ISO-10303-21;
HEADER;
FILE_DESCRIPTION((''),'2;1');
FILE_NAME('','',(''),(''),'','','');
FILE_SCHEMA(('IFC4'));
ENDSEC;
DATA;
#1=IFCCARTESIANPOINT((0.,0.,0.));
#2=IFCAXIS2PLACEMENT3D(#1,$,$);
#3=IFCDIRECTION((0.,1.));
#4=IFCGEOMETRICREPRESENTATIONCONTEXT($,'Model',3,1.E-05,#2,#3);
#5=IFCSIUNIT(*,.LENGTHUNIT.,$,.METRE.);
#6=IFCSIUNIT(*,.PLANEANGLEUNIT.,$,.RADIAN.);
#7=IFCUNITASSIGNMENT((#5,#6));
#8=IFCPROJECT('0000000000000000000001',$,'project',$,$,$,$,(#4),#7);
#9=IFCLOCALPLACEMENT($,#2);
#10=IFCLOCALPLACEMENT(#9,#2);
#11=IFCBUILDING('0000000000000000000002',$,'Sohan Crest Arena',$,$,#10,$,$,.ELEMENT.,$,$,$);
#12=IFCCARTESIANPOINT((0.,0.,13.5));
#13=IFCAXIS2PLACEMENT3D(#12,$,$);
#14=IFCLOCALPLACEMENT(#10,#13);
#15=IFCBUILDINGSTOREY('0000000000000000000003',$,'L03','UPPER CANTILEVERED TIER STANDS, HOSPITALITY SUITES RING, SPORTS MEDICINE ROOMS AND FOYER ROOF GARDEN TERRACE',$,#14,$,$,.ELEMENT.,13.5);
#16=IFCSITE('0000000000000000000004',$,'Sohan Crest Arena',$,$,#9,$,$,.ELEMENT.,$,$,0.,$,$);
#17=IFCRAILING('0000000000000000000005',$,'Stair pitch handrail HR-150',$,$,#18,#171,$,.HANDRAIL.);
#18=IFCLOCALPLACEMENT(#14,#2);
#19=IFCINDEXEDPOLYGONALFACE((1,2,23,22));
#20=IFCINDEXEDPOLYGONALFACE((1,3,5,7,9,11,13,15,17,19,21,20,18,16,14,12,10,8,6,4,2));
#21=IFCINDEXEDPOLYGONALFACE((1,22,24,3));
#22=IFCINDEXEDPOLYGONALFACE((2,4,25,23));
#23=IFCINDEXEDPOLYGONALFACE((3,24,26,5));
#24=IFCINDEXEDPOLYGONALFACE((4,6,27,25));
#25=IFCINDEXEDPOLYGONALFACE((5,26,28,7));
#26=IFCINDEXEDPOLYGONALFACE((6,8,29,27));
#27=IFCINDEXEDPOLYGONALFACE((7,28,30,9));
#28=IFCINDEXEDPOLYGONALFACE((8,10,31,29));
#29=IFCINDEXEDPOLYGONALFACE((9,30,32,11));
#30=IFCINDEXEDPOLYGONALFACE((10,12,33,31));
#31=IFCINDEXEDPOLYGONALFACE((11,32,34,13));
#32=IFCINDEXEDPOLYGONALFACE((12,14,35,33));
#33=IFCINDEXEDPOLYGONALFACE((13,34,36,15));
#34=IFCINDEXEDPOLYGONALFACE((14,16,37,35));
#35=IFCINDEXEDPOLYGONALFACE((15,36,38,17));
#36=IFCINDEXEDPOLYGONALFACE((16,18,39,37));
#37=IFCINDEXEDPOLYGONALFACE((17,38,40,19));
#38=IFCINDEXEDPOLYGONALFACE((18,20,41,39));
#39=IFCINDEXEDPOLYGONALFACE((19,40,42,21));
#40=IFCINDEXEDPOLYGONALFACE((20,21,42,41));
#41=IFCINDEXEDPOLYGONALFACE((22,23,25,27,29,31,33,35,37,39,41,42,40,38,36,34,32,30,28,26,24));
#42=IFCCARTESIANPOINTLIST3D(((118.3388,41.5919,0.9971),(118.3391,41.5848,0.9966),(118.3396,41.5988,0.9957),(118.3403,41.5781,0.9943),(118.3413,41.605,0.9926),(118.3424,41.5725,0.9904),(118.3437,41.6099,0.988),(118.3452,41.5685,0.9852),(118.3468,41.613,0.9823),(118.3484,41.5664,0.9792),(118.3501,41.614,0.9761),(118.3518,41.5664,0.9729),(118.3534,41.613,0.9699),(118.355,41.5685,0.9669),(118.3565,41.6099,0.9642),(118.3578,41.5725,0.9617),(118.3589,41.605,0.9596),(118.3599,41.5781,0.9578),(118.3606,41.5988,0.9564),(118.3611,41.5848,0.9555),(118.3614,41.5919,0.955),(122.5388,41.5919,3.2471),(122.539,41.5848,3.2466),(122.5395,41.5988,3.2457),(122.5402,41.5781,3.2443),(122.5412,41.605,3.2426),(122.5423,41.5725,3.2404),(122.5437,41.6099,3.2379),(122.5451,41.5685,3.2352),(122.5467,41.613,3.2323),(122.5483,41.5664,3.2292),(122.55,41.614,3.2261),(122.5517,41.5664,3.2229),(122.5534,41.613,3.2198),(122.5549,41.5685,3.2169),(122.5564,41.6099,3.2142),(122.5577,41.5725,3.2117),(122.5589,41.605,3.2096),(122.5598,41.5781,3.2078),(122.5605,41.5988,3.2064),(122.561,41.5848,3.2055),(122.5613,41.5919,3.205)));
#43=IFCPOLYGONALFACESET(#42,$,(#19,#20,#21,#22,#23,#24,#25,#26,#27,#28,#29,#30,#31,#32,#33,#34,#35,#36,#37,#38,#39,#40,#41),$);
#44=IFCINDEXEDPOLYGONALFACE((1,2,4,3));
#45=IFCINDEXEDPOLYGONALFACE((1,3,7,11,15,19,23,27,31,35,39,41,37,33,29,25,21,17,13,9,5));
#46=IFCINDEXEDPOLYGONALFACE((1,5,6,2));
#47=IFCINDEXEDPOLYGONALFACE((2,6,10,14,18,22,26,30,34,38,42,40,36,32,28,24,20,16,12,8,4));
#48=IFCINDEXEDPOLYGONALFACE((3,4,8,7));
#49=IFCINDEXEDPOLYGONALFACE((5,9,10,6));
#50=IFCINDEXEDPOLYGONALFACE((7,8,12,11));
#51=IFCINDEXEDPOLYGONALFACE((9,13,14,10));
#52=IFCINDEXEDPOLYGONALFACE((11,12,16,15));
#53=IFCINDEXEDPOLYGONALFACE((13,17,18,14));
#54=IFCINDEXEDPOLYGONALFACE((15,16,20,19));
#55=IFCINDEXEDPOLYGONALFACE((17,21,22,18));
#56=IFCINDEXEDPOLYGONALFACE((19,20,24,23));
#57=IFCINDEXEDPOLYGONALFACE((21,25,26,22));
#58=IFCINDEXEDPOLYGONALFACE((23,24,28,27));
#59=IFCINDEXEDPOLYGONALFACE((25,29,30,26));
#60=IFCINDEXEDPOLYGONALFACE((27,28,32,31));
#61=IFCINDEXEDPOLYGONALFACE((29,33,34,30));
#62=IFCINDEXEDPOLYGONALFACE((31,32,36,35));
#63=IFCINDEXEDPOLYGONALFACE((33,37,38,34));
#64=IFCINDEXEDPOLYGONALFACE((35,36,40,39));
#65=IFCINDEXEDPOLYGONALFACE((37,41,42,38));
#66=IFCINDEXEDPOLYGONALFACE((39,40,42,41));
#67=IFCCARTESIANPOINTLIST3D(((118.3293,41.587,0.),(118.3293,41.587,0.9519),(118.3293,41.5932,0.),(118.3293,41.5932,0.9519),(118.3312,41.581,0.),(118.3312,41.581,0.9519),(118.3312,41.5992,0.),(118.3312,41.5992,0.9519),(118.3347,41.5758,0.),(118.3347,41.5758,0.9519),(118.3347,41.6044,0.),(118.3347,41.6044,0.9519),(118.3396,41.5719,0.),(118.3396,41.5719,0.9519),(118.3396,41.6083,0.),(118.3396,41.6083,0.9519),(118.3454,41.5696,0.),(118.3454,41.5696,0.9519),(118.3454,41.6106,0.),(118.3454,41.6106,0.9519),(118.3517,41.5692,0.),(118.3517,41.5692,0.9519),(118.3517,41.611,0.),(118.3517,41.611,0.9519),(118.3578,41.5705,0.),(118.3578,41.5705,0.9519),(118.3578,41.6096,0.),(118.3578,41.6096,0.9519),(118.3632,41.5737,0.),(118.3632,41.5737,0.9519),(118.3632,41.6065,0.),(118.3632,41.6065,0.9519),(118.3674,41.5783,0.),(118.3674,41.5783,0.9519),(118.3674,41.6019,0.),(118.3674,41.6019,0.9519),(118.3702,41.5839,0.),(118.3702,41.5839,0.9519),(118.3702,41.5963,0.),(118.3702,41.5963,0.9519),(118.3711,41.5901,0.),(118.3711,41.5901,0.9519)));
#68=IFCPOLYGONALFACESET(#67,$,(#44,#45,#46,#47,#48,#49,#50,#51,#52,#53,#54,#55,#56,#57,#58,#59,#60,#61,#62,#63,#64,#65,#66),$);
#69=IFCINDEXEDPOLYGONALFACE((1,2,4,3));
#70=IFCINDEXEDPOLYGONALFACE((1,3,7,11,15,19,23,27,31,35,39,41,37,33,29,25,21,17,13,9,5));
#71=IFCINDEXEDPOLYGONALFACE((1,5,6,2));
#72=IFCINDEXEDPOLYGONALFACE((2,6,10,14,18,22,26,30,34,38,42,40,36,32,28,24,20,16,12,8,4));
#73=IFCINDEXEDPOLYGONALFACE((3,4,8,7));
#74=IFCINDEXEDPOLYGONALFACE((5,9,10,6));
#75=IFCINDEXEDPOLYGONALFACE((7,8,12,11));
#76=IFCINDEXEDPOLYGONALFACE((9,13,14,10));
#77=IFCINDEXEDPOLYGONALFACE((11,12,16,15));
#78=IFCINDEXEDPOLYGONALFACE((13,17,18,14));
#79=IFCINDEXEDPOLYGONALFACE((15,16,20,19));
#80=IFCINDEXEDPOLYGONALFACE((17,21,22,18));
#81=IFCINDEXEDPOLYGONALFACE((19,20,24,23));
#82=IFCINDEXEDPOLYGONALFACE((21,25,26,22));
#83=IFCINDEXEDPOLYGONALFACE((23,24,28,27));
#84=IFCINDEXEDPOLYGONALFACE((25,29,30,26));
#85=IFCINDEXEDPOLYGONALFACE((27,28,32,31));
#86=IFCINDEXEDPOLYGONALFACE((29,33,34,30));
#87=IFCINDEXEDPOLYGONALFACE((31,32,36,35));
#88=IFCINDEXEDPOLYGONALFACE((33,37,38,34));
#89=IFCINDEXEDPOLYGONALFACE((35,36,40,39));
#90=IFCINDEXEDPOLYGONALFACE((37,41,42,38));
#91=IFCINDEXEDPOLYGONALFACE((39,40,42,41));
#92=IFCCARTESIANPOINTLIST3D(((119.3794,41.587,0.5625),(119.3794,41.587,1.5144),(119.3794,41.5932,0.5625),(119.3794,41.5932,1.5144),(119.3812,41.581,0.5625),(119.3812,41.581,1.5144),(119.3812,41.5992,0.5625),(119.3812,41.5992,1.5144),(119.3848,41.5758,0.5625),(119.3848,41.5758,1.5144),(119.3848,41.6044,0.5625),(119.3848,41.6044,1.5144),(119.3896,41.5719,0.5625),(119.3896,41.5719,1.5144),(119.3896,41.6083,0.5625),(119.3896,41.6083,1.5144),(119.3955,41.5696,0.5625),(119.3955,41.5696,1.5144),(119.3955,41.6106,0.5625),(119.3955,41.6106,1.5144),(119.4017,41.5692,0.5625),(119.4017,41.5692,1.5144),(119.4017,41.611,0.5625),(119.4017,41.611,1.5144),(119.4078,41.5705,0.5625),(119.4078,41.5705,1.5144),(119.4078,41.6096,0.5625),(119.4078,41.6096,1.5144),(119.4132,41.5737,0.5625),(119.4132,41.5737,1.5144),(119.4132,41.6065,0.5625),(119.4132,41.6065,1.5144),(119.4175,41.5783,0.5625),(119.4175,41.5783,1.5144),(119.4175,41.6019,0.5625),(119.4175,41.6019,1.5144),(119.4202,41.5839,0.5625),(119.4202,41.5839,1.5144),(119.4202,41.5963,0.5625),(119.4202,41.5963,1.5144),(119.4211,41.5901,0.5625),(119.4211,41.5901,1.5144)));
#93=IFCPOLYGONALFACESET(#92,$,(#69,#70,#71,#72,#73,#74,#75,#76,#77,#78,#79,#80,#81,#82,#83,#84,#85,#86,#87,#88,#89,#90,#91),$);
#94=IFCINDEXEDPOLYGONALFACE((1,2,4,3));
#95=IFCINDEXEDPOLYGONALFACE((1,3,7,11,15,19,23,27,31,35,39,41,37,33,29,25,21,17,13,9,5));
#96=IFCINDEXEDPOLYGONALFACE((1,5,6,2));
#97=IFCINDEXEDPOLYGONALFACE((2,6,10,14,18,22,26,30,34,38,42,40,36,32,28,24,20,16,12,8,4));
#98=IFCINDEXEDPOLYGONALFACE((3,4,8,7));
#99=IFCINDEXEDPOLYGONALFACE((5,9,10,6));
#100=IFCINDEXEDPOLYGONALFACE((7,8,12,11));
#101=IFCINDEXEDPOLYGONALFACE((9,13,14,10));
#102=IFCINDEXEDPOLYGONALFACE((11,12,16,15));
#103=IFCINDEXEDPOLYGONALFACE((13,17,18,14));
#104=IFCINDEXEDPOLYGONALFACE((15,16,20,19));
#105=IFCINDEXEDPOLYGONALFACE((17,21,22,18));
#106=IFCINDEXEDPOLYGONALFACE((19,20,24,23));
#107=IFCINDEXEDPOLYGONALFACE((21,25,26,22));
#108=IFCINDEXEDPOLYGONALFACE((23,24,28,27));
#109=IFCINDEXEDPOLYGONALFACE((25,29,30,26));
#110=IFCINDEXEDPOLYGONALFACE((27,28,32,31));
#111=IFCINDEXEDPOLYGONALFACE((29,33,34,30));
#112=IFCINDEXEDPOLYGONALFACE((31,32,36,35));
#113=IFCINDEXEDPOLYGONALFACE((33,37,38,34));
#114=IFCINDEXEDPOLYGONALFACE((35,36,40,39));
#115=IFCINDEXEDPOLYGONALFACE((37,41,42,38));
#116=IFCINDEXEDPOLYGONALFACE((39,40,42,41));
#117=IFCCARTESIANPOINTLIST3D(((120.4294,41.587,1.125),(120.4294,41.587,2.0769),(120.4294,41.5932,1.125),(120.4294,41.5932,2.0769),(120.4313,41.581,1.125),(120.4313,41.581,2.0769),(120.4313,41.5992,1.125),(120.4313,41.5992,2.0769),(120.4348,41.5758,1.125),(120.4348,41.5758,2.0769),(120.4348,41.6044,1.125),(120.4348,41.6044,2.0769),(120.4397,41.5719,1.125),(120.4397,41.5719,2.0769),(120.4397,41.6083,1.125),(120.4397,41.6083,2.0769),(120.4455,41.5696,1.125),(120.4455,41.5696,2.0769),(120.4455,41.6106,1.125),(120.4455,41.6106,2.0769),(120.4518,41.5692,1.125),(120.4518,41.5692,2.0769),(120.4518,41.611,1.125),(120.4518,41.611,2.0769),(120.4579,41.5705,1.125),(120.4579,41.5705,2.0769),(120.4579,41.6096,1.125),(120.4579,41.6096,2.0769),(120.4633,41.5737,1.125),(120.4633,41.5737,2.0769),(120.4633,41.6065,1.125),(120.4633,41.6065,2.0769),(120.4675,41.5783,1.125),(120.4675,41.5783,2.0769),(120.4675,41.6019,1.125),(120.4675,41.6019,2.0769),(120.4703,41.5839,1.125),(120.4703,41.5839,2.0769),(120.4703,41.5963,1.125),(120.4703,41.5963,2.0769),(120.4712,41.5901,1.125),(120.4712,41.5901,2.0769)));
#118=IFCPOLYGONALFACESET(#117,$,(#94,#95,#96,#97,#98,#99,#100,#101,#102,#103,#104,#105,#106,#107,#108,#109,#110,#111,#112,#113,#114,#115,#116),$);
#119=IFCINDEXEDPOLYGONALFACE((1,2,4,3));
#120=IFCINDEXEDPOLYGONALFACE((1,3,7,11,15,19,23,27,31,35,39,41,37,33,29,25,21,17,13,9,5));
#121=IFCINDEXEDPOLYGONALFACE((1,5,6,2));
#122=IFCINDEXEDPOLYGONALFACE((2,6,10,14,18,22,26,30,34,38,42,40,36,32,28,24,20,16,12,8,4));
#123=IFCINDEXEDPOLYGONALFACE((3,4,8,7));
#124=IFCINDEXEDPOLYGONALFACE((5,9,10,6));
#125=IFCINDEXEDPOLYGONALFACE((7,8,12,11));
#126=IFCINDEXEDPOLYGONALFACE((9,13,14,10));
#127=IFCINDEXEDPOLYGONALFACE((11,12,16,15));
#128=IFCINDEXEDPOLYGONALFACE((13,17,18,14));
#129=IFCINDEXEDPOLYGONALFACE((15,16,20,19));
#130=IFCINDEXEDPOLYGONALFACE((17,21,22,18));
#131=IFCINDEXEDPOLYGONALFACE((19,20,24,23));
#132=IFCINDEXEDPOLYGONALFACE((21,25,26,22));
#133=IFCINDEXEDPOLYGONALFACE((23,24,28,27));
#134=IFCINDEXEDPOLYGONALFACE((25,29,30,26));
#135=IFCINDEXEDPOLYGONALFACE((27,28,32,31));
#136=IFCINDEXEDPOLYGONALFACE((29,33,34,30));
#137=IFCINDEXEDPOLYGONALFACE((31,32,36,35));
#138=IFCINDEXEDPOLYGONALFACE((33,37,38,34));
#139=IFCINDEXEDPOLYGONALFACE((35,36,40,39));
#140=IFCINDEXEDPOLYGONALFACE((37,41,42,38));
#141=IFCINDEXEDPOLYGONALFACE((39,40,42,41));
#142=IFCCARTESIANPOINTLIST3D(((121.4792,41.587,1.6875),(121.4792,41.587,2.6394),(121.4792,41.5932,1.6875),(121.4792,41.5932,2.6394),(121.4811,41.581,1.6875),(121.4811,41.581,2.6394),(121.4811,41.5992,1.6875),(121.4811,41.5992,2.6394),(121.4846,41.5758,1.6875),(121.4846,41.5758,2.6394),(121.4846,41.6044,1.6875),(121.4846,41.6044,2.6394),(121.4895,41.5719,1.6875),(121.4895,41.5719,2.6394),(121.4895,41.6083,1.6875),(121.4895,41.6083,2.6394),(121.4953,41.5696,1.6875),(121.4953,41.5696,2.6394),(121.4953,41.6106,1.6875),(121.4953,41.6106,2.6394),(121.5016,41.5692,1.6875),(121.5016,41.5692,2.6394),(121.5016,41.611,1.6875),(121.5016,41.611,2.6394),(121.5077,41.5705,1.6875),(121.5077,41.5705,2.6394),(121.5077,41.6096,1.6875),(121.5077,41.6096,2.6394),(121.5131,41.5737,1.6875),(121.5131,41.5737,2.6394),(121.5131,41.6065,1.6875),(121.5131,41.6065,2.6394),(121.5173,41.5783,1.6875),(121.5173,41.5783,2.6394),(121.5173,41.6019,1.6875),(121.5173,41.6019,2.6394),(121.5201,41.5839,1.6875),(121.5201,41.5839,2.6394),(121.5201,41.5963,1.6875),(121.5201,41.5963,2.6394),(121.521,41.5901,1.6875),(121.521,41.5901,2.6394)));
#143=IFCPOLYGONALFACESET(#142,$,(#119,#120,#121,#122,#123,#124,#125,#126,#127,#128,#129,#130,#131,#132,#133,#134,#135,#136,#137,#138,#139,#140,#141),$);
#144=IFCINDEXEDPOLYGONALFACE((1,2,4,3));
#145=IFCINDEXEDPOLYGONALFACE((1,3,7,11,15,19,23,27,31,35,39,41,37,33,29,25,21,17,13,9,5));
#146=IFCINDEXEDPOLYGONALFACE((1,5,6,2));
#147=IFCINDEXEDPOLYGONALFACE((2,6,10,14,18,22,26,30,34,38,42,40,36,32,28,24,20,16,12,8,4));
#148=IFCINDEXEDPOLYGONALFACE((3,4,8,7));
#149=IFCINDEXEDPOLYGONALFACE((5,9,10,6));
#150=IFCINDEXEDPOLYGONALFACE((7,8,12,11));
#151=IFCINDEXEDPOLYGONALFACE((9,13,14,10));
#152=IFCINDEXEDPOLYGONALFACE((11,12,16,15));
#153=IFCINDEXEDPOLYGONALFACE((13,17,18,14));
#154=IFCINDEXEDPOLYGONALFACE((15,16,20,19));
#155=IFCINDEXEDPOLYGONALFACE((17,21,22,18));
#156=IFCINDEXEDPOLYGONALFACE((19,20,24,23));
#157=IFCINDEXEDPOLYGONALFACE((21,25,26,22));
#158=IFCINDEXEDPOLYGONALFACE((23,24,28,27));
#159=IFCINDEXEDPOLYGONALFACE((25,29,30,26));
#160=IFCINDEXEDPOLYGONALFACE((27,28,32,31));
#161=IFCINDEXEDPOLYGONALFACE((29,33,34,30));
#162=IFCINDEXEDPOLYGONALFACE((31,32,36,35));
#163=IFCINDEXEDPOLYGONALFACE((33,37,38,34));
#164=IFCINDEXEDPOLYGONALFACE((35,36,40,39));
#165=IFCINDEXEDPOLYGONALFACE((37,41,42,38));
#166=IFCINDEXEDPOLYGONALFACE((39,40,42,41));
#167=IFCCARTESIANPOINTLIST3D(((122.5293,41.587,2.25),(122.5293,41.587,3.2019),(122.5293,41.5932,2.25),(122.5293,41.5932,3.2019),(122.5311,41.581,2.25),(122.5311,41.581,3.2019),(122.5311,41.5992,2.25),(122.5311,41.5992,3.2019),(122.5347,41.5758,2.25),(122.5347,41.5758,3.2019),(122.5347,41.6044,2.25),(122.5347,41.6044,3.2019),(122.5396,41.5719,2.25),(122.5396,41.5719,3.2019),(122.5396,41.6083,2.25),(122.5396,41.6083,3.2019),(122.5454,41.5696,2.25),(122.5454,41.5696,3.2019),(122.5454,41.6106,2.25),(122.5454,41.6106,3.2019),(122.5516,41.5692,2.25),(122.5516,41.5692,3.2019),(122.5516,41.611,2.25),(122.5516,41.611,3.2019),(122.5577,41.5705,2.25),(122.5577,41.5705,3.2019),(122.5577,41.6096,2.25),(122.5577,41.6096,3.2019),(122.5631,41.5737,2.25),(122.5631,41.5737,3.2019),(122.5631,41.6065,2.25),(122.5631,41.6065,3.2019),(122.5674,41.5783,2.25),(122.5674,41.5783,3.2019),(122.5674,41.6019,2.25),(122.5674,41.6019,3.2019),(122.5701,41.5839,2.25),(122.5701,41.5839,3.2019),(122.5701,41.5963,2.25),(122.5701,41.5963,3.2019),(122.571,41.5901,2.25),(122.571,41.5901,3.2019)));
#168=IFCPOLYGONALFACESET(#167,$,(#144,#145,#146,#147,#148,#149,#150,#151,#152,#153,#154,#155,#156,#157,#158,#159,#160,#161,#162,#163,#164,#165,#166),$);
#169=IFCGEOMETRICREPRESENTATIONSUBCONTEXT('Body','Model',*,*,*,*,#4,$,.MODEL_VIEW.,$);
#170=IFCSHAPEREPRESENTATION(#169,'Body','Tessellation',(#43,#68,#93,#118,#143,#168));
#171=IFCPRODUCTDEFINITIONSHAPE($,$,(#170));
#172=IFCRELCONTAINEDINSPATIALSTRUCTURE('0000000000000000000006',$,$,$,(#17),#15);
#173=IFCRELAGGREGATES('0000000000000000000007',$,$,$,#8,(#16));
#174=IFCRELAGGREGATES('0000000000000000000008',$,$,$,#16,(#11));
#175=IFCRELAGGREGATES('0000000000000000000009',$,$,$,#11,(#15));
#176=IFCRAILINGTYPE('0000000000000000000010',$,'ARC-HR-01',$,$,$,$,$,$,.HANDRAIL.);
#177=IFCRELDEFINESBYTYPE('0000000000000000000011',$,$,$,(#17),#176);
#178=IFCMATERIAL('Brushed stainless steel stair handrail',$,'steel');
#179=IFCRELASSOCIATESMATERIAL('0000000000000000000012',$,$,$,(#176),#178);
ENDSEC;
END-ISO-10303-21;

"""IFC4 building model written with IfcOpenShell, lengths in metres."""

from ifc_helpers import new_model, si_unit, direction, frame, origin, origin_2d, place, context, subcontext, project, spatial, circle, extrude, material, type_object, element, save


model = new_model("IFC4")

# Units and contexts
model_context = context("Model", 3, precision=1e-05, world=origin(), true_north=direction((0.0, 1.0)))
body_context = subcontext(model_context, "Body", "Model", "MODEL_VIEW")
ifc_project = project(units=[si_unit("LENGTHUNIT", "METRE"), si_unit("PLANEANGLEUNIT", "RADIAN")], contexts=[model_context])

# Site, building, storey
site_placement = place(None, origin())
site = spatial("IfcSite", under=ifc_project, at=site_placement, Name="Sohan Crest Arena", CompositionType="ELEMENT", RefElevation=0.0)
building_placement = place(site_placement, origin())
building = spatial("IfcBuilding", under=site, at=building_placement, Name="Sohan Crest Arena", CompositionType="ELEMENT")
storey_placement = place(building_placement, frame((0.0, 0.0, 13.5)))
storey = spatial("IfcBuildingStorey", under=building, at=storey_placement, Name="L03", Description="UPPER CANTILEVERED TIER STANDS, HOSPITALITY SUITES RING, SPORTS MEDICINE ROOMS AND FOYER ROOF GARDEN TERRACE", CompositionType="ELEMENT", Elevation=13.5)

# Railing
ifc_material_1 = material(Name="Brushed stainless steel stair handrail", Category="steel")
railing_type_1 = type_object("IfcRailingType", Name="ARC-HR-01", PredefinedType="HANDRAIL", material=ifc_material_1)
for number, where, name in (
    (1, (118.3501, 41.5901, 0.0), "Stair pitch handrail HR-150"),
):
    element("IfcRailing", number, at=place(storey_placement, frame(where)), inside=storey, type_object=railing_type_1, Name=name, PredefinedType="HANDRAIL", context=body_context, shape_type="SweptSolid", body=[
        extrude(circle(Radius=0.0239, at=origin_2d()), frame((0.0, 0.0, 0.9761), z_axis=(0.881478, 0.0, 0.472226), x_axis=(0.0, 1.0, 0.0)), (0.0, 0.0, 1.0), 4.7646),
        extrude(circle(Radius=0.021, at=origin_2d()), origin(), (0.0, 0.0, 1.0), 0.9519),
        extrude(circle(Radius=0.021, at=origin_2d()), frame((1.05, 0.0, 0.5625)), (0.0, 0.0, 1.0), 0.9519),
        extrude(circle(Radius=0.021, at=origin_2d()), frame((2.1001, 0.0, 1.125)), (0.0, 0.0, 1.0), 0.9519),
        extrude(circle(Radius=0.021, at=origin_2d()), frame((3.1499, 0.0, 1.6875)), (0.0, 0.0, 1.0), 0.9519),
        extrude(circle(Radius=0.021, at=origin_2d()), frame((4.2, 0.0, 2.25)), (0.0, 0.0, 1.0), 0.9519),
    ])

save(model, "model.ifc")
